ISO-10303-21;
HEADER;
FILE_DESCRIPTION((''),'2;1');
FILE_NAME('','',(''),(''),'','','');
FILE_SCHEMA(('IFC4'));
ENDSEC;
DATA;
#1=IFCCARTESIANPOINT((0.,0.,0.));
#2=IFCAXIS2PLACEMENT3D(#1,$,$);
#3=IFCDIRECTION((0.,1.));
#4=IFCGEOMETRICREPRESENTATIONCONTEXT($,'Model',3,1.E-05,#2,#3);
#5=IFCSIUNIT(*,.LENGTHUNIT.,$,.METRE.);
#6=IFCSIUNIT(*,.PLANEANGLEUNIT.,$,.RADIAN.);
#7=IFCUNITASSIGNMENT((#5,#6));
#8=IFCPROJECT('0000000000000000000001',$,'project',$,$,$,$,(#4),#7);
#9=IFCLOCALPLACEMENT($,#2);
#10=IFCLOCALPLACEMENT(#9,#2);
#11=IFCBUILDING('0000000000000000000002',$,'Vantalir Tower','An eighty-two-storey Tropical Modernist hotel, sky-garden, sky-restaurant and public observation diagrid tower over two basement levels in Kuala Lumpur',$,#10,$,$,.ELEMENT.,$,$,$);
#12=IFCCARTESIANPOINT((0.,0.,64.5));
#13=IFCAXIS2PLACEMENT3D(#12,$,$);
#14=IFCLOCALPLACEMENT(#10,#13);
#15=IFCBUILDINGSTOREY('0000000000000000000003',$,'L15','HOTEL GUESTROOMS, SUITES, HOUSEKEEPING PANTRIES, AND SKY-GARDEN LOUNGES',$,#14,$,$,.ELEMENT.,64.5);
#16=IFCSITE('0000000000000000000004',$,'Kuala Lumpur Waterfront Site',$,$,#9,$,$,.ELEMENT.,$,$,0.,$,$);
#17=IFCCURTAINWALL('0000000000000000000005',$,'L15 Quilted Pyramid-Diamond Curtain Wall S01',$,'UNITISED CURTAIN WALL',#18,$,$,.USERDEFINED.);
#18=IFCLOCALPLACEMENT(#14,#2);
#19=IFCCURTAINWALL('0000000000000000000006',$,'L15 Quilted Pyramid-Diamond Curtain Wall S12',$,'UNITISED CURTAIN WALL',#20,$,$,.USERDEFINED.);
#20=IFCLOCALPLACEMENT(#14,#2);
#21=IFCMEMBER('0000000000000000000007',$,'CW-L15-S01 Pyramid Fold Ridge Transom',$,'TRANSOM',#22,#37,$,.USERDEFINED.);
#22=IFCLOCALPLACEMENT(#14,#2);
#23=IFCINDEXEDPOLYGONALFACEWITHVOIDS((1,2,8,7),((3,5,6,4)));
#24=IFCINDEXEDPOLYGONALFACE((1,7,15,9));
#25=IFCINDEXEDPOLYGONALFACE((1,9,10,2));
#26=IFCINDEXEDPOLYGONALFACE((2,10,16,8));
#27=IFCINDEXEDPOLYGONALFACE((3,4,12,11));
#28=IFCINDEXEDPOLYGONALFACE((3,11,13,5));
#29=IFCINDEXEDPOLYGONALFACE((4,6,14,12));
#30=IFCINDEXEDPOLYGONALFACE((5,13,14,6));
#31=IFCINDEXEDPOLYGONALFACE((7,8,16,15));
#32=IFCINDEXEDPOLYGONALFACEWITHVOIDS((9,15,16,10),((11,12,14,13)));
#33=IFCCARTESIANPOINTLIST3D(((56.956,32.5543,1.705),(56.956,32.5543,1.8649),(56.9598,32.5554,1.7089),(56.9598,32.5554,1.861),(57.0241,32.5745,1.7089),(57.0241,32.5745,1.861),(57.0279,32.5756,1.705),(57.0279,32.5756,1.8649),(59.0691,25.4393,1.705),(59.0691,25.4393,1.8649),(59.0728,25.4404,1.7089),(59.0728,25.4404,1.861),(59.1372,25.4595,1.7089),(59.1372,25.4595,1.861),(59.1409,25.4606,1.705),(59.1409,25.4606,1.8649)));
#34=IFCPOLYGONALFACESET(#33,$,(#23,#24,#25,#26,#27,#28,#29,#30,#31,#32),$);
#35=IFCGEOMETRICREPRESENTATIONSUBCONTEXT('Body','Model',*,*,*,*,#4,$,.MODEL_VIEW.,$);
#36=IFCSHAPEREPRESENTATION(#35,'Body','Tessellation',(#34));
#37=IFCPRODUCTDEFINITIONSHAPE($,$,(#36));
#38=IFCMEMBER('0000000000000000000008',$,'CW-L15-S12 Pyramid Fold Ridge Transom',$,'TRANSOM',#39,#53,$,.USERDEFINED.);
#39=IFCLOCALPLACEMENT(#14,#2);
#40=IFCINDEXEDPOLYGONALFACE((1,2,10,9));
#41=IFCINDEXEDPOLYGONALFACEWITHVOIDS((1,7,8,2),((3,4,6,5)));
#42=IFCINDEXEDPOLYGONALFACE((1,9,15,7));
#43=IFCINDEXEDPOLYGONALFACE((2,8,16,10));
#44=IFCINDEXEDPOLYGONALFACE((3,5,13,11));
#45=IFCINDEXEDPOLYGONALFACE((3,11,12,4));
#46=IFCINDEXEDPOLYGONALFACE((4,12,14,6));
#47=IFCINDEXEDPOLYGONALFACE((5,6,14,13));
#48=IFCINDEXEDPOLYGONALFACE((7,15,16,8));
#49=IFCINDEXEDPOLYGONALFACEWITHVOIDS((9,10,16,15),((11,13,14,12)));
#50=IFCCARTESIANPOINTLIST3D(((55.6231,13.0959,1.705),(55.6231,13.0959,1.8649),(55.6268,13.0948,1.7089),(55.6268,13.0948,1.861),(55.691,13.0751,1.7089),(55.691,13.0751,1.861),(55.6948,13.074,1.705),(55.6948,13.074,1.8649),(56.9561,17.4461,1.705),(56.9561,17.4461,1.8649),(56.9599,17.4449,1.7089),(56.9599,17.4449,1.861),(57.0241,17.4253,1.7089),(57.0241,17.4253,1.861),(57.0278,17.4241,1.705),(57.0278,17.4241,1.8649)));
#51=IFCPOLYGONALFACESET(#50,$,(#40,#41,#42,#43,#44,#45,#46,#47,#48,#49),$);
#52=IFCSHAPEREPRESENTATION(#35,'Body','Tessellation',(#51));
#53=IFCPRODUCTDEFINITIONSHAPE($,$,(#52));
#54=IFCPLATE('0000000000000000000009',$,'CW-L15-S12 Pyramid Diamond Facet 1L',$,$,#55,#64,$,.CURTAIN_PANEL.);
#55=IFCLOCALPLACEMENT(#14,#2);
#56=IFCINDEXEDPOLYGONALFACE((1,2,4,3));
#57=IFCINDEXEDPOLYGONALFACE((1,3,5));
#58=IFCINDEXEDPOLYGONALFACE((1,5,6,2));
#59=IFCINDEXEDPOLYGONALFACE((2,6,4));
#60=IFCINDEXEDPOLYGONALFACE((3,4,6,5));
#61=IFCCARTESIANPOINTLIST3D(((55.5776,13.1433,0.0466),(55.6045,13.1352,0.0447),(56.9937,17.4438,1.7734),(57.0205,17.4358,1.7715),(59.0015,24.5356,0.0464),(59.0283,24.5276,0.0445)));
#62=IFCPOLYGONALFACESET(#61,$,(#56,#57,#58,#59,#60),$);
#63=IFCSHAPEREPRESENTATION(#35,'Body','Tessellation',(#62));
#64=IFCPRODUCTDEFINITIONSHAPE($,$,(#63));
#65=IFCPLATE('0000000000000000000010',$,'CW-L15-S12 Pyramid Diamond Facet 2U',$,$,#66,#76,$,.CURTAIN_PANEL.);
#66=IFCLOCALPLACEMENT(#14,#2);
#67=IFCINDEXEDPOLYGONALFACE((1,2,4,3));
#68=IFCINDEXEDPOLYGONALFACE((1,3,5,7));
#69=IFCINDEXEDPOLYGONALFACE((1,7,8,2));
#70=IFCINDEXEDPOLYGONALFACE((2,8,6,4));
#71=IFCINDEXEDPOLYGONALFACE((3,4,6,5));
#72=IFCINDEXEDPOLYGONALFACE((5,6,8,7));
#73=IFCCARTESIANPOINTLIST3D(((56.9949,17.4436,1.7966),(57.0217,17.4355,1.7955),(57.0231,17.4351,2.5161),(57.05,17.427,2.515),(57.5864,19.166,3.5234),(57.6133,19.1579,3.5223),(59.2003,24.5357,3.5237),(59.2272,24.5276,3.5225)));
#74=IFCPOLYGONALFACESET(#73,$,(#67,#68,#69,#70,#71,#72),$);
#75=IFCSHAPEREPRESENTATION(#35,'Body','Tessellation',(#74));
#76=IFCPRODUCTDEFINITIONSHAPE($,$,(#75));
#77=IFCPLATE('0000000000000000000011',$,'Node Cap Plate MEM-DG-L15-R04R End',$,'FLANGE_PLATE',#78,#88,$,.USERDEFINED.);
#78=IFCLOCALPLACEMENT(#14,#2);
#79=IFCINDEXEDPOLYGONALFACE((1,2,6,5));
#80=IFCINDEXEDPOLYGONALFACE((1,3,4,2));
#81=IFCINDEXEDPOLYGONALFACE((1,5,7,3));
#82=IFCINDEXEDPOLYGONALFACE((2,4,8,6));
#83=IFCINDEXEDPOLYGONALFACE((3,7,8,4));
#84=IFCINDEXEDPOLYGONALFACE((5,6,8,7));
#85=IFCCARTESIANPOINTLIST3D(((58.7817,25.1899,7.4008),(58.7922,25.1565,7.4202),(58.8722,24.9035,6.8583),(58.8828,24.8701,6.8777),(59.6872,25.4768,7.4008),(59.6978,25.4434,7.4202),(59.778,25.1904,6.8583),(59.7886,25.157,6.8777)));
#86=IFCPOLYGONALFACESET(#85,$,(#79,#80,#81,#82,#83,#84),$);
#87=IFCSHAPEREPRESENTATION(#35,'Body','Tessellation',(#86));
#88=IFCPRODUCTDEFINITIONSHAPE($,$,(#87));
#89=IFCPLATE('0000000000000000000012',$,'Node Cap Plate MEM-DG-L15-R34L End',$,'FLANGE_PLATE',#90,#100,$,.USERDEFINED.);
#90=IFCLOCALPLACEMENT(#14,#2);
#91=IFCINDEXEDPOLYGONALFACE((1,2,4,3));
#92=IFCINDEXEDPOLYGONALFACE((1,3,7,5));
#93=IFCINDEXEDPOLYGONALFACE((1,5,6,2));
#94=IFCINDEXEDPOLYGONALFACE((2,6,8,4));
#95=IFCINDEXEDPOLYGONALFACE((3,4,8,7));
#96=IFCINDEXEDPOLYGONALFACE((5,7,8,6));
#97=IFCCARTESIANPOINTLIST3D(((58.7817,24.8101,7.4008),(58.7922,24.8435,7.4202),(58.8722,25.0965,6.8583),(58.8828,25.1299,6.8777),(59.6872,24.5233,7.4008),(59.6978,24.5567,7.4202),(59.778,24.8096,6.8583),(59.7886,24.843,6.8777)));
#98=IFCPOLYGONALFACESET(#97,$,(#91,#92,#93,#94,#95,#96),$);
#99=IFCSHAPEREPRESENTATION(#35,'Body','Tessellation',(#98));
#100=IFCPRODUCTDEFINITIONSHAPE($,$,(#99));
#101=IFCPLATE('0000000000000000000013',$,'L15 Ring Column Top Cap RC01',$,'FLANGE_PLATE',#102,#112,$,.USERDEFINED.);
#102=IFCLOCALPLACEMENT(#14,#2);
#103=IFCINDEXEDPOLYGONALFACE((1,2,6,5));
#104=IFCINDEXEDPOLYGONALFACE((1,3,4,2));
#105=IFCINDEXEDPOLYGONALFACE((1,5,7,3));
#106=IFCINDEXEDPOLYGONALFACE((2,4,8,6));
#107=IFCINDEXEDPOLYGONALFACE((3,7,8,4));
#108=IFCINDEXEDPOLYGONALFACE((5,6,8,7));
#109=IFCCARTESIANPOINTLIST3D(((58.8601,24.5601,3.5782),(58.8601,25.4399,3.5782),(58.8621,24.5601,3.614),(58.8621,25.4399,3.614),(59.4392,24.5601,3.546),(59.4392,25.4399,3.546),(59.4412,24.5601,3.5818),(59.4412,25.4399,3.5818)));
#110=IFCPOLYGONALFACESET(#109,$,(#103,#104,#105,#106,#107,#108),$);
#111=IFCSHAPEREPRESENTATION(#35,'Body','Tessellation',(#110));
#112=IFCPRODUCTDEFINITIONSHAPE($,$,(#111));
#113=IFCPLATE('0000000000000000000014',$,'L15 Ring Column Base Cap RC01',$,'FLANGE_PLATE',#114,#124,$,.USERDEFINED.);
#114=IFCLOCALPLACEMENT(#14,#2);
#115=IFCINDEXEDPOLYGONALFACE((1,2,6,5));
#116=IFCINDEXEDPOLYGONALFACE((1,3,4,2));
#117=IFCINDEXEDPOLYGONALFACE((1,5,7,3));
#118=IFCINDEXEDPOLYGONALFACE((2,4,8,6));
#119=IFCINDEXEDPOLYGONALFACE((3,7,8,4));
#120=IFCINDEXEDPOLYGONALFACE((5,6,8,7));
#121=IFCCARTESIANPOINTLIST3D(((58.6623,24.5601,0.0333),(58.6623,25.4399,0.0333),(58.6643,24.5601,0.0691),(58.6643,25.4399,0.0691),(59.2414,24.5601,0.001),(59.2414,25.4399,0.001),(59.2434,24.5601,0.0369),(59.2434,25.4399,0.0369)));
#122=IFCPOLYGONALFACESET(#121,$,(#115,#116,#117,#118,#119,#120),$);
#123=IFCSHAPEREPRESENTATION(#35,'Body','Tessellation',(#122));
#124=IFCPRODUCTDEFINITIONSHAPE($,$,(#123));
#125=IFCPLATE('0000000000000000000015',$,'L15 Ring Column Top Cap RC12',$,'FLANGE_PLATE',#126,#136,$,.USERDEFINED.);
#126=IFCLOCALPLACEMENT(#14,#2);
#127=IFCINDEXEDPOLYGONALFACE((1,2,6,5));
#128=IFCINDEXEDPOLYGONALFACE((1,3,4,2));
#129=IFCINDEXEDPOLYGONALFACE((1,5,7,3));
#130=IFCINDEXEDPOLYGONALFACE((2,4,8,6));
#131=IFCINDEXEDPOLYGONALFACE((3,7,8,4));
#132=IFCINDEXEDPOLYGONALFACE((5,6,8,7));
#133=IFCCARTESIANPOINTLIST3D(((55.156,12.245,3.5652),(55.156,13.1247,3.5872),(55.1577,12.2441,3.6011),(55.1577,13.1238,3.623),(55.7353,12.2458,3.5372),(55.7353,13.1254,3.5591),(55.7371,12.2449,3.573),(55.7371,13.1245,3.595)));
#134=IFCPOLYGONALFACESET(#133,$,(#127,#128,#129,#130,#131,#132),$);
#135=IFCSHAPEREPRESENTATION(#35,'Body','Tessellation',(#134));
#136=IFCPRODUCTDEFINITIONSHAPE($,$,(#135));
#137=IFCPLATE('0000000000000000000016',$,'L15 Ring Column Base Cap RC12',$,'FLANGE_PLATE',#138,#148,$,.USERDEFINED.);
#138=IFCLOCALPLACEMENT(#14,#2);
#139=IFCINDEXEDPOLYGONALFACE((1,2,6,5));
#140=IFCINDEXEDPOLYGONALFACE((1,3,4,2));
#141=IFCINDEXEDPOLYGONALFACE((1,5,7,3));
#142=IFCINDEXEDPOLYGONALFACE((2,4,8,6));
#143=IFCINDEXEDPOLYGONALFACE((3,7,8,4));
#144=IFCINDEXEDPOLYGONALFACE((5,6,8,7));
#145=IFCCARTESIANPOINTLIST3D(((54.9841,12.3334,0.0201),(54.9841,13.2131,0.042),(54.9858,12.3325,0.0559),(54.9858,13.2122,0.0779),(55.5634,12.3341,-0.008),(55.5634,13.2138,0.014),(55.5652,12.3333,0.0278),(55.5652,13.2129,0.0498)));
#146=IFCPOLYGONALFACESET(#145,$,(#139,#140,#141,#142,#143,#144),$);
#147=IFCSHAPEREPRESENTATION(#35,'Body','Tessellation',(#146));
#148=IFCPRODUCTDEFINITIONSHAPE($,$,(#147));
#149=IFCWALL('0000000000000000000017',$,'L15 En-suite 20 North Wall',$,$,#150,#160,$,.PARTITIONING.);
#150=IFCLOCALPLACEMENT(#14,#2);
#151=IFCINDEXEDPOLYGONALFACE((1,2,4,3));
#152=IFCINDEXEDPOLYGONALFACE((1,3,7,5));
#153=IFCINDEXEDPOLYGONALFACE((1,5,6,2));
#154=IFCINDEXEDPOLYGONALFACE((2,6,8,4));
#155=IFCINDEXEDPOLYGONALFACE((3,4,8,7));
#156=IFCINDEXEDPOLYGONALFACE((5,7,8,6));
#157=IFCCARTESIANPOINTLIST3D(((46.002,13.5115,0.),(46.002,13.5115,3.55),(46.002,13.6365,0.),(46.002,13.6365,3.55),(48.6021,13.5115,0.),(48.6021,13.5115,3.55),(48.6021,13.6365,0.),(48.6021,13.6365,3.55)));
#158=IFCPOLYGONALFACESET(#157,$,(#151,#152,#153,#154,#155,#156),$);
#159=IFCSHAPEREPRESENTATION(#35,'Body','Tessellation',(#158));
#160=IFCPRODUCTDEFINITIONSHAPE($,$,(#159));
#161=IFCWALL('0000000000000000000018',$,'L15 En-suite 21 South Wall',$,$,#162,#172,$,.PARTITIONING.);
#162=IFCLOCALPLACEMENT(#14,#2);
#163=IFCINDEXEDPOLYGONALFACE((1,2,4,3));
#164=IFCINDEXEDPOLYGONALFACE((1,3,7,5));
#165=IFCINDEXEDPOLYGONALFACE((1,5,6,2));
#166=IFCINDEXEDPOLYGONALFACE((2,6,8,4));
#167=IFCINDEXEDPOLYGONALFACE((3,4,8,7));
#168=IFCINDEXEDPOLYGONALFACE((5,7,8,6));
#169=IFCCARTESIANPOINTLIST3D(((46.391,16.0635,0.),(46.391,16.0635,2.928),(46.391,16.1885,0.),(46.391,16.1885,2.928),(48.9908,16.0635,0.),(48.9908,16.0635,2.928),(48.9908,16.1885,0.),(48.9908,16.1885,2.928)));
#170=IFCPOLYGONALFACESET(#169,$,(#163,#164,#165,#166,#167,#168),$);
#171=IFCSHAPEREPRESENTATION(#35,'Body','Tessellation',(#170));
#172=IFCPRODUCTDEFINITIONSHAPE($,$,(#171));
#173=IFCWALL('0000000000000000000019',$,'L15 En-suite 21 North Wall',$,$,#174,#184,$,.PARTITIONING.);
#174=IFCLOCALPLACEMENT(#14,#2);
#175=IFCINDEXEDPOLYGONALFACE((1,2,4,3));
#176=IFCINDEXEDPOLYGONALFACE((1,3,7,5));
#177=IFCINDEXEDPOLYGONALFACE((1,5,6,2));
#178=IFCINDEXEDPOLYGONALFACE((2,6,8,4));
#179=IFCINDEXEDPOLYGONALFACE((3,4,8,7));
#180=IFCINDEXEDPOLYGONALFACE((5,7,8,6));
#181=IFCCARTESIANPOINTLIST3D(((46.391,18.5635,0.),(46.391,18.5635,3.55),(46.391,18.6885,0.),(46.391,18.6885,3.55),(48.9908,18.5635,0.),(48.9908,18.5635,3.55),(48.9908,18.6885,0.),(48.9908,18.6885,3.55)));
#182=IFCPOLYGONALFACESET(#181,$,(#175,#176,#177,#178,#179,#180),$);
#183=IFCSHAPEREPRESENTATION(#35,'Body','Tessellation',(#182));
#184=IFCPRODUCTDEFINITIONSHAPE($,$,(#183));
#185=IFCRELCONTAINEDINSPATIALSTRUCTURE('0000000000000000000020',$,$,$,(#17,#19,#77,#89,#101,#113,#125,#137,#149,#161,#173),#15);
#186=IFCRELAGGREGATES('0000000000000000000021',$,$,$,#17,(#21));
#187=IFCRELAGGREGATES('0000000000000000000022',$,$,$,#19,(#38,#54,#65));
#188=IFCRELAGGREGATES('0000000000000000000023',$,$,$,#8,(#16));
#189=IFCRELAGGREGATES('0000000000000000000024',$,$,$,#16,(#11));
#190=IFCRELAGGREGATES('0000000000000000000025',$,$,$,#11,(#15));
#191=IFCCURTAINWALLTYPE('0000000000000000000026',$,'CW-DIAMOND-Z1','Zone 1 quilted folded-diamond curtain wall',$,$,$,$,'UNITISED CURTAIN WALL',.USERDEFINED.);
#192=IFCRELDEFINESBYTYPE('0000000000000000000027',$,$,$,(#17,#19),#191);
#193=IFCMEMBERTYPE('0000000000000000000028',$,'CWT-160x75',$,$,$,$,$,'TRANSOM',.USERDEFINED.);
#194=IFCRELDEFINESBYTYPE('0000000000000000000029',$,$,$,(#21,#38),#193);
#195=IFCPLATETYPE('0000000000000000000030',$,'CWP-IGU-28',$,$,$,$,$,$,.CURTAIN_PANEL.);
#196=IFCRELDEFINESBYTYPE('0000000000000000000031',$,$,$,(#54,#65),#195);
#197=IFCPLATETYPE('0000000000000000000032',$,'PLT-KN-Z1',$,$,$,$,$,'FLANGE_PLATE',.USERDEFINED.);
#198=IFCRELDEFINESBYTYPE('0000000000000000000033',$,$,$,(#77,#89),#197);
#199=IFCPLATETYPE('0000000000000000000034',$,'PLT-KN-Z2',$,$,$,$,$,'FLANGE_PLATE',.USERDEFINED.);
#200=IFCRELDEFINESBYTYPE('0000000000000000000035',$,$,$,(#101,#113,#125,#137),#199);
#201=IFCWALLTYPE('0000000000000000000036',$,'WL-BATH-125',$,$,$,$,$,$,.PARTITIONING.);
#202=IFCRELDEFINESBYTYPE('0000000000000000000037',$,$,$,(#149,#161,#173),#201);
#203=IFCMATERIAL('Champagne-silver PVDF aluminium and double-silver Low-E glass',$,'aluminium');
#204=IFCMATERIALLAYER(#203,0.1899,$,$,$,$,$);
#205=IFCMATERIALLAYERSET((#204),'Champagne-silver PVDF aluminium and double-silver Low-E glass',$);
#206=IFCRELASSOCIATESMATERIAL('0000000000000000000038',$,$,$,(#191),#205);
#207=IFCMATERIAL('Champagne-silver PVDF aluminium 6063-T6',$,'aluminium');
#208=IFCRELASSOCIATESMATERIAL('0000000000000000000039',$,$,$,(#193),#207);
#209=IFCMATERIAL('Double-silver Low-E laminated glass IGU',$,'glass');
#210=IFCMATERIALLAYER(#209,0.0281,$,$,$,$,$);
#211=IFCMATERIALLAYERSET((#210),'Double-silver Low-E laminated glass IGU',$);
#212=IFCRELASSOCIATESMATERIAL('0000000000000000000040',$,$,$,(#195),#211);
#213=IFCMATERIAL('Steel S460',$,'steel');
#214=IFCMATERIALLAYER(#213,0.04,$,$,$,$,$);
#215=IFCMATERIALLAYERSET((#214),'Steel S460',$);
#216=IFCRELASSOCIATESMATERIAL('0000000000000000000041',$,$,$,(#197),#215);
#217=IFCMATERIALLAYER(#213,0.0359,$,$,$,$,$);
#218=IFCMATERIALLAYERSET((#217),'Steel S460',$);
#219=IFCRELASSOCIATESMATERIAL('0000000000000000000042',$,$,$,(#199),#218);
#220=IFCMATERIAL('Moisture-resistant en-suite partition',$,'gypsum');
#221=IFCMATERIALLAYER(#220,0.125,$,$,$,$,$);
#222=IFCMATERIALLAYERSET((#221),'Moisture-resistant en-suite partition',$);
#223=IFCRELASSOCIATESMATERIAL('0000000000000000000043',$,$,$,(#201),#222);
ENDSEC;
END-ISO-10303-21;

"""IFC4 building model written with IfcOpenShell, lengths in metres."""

from ifc_helpers import new_model, si_unit, direction, frame, frame_2d, origin, origin_2d, place, context, subcontext, project, spatial, polyline, rectangle, hollow_rectangle, outline, extrude, material, layer, layer_set, material_profile, profile_set, type_object, element, aggregate, save


model = new_model("IFC4")

# Units and contexts
model_context = context("Model", 3, precision=1e-05, world=origin(), true_north=direction((0.0, 1.0)))
body_context = subcontext(model_context, "Body", "Model", "MODEL_VIEW")
ifc_project = project(units=[si_unit("LENGTHUNIT", "METRE"), si_unit("PLANEANGLEUNIT", "RADIAN")], contexts=[model_context])

# Site, building, storey
site_placement = place(None, origin())
site = spatial("IfcSite", under=ifc_project, at=site_placement, Name="Kuala Lumpur Waterfront Site", CompositionType="ELEMENT", RefElevation=0.0)
building_placement = place(site_placement, origin())
building = spatial("IfcBuilding", under=site, at=building_placement, Name="Vantalir Tower", Description="An eighty-two-storey Tropical Modernist hotel, sky-garden, sky-restaurant and public observation diagrid tower over two basement levels in Kuala Lumpur", CompositionType="ELEMENT")
storey_placement = place(building_placement, frame((0.0, 0.0, 64.5)))
storey = spatial("IfcBuildingStorey", under=building, at=storey_placement, Name="L15", Description="HOTEL GUESTROOMS, SUITES, HOUSEKEEPING PANTRIES, AND SKY-GARDEN LOUNGES", CompositionType="ELEMENT", Elevation=64.5)

# Shared definitions
ifc_material_1 = material(Name="Steel S460", Category="steel")

# Curtain wall
ifc_material_2 = material(Name="Champagne-silver PVDF aluminium and double-silver Low-E glass", Category="aluminium")
ifc_layer_1 = layer(ifc_material_2, 0.1899)
ifc_layer_set_1 = layer_set([ifc_layer_1], Name="Champagne-silver PVDF aluminium and double-silver Low-E glass")
curtain_wall_type = type_object("IfcCurtainWallType", Name="CW-DIAMOND-Z1", Description="Zone 1 quilted folded-diamond curtain wall", ElementType="UNITISED CURTAIN WALL", PredefinedType="USERDEFINED", material=ifc_layer_set_1)
curtain_wall_1_placement = place(storey_placement, origin())
curtain_wall_1 = element("IfcCurtainWall", 1, at=curtain_wall_1_placement, inside=storey, type_object=curtain_wall_type, Name="L15 Quilted Pyramid-Diamond Curtain Wall S01", ObjectType="UNITISED CURTAIN WALL", PredefinedType="USERDEFINED")
ifc_material_3 = material(Name="Champagne-silver PVDF aluminium 6063-T6", Category="aluminium")

# Curtain wall
curtain_wall_2_placement = place(storey_placement, origin())
curtain_wall_2 = element("IfcCurtainWall", 2, at=curtain_wall_2_placement, inside=storey, type_object=curtain_wall_type, Name="L15 Quilted Pyramid-Diamond Curtain Wall S12", ObjectType="UNITISED CURTAIN WALL", PredefinedType="USERDEFINED")

# Members
ifc_material_profile_1 = material_profile(ifc_material_3, hollow_rectangle(XDim=0.075, YDim=0.1599, WallThickness=0.0039, at=origin_2d()), Name="Champagne-silver PVDF aluminium 6063-T6")
ifc_profile_set_1 = profile_set([ifc_material_profile_1], Name="Champagne-silver PVDF aluminium 6063-T6")
member_type_1 = type_object("IfcMemberType", Name="CWT-160x75", ElementType="TRANSOM", PredefinedType="USERDEFINED", material=ifc_profile_set_1)
member_1_placement = place(storey_placement, frame((59.105, 25.45, 1.7849), z_axis=(-0.284694, 0.958618, 0.0), x_axis=(-0.958618, -0.284694, 0.0)))
member_1 = element("IfcMember", 3, at=member_1_placement, type_object=member_type_1, Name="CW-L15-S01 Pyramid Fold Ridge Transom", ObjectType="TRANSOM", PredefinedType="USERDEFINED", context=body_context, shape_type="SweptSolid", body=[
    extrude(hollow_rectangle(XDim=0.075, YDim=0.1599, WallThickness=0.0039, at=origin_2d()), origin(), (0.0, 0.0, 1.0), 7.4221),
])
aggregate(curtain_wall_1, [member_1])
member_2_placement = place(storey_placement, frame((55.6589, 13.085, 1.7849), z_axis=(0.292985, 0.956117, 0.0), x_axis=(-0.956117, 0.292985, 0.0)))
member_2 = element("IfcMember", 4, at=member_2_placement, type_object=member_type_1, Name="CW-L15-S12 Pyramid Fold Ridge Transom", ObjectType="TRANSOM", PredefinedType="USERDEFINED", context=body_context, shape_type="SweptSolid", body=[
    extrude(hollow_rectangle(XDim=0.075, YDim=0.1599, WallThickness=0.0039, at=origin_2d()), origin(), (0.0, 0.0, 1.0), 4.5498),
])

# Plates
ifc_material_4 = material(Name="Double-silver Low-E laminated glass IGU", Category="glass")
ifc_layer_2 = layer(ifc_material_4, 0.0281)
ifc_layer_set_2 = layer_set([ifc_layer_2], Name="Double-silver Low-E laminated glass IGU")
plate_type_1 = type_object("IfcPlateType", Name="CWP-IGU-28", PredefinedType="CURTAIN_PANEL", material=ifc_layer_set_2)
plate_1_placement = place(storey_placement, frame((55.5776, 13.1433, 0.0466), z_axis=(-0.955444, 0.287149, 0.068352), x_axis=(0.28782, 0.957684, -0.000021)))
plate_1 = element("IfcPlate", 5, at=plate_1_placement, type_object=plate_type_1, Name="CW-L15-S12 Pyramid Diamond Facet 1L", PredefinedType="CURTAIN_PANEL", context=body_context, shape_type="SweptSolid", body=[
    extrude(outline(polyline([(0.0, 0.0), (11.8957, 0.0), (4.5261, -1.7309), (0.0, 0.0)])), origin(), (0.0, 0.0, -1.0), 0.0281),
])
plate_2_placement = place(storey_placement, frame((57.5864, 19.166, 3.5234), z_axis=(-0.956876, 0.287598, 0.040931), x_axis=(0.287841, 0.957678, 0.000044)))
plate_2 = element("IfcPlate", 6, at=plate_2_placement, type_object=plate_type_1, Name="CW-L15-S12 Pyramid Diamond Facet 2U", PredefinedType="CURTAIN_PANEL", context=body_context, shape_type="SweptSolid", body=[
    extrude(outline(polyline([(0.0, 0.0), (5.607, 0.0), (-1.8199, 1.7282), (-1.8199, 1.0081), (0.0, 0.0)])), origin(), (0.0, 0.0, -1.0), 0.0281),
])
aggregate(curtain_wall_2, [member_2, plate_1, plate_2])

# Plates
ifc_layer_3 = layer(ifc_material_1, 0.04)
ifc_layer_set_3 = layer_set([ifc_layer_3], Name="Steel S460")
plate_type_2 = type_object("IfcPlateType", Name="PLT-KN-Z1", ElementType="FLANGE_PLATE", PredefinedType="USERDEFINED", material=ifc_layer_set_3)
plate_3_placement = place(storey_placement, frame((58.8828, 24.8701, 6.8777), z_axis=(0.26417, -0.83399, 0.484433), x_axis=(0.953321, 0.301959, -0.000016)))
element("IfcPlate", 7, at=plate_3_placement, inside=storey, type_object=plate_type_2, Name="Node Cap Plate MEM-DG-L15-R04R End", ObjectType="FLANGE_PLATE", PredefinedType="USERDEFINED", context=body_context, shape_type="SweptSolid", body=[
    extrude(outline(polyline([(0.0, 0.0), (0.9501, 0.0), (0.95, 0.6201), (0.0001, 0.6201), (0.0, 0.0)])), origin(), (0.0, 0.0, -1.0), 0.04),
])
plate_4_placement = place(storey_placement, frame((59.7886, 24.843, 6.8777), z_axis=(0.26417, 0.83399, 0.484433), x_axis=(-0.953321, 0.301959, 0.000016)))
element("IfcPlate", 8, at=plate_4_placement, inside=storey, type_object=plate_type_2, Name="Node Cap Plate MEM-DG-L15-R34L End", ObjectType="FLANGE_PLATE", PredefinedType="USERDEFINED", context=body_context, shape_type="SweptSolid", body=[
    extrude(outline(polyline([(0.0, 0.0), (0.9501, 0.0), (0.95, 0.6201), (0.0001, 0.6201), (0.0, 0.0)])), origin(), (0.0, 0.0, -1.0), 0.04),
])
ifc_layer_4 = layer(ifc_material_1, 0.0359)
ifc_layer_set_4 = layer_set([ifc_layer_4], Name="Steel S460")
plate_type_3 = type_object("IfcPlateType", Name="PLT-KN-Z2", ElementType="FLANGE_PLATE", PredefinedType="USERDEFINED", material=ifc_layer_set_4)
for number, where, z_axis, x_axis, name in (
    (9, (58.8621, 25.4399, 3.614), (0.055563, 0.0, 0.998455), (0.0, -1.0, 0.0), "L15 Ring Column Top Cap RC01"),
    (10, (58.6643, 25.4399, 0.0691), (0.055563, 0.0, 0.998455), (0.0, -1.0, 0.0), "L15 Ring Column Base Cap RC01"),
):
    element("IfcPlate", number, at=place(storey_placement, frame(where, z_axis=z_axis, x_axis=x_axis)), inside=storey, type_object=plate_type_3, Name=name, ObjectType="FLANGE_PLATE", PredefinedType="USERDEFINED", context=body_context, shape_type="SweptSolid", body=[
        extrude(outline(polyline([(0.0, 0.0), (0.8799, 0.0), (0.8799, 0.58), (0.0, 0.58), (0.0, 0.0)])), origin(), (0.0, 0.0, -1.0), 0.0359),
    ])
for number, where, z_axis, x_axis, name in (
    (11, (55.1577, 13.1238, 3.623), (0.048421, -0.024942, 0.998516), (0.0, -0.999688, -0.024971), "L15 Ring Column Top Cap RC12"),
    (12, (54.9858, 13.2122, 0.0779), (0.048421, -0.024942, 0.998516), (0.0, -0.999688, -0.024971), "L15 Ring Column Base Cap RC12"),
):
    element("IfcPlate", number, at=place(storey_placement, frame(where, z_axis=z_axis, x_axis=x_axis)), inside=storey, type_object=plate_type_3, Name=name, ObjectType="FLANGE_PLATE", PredefinedType="USERDEFINED", context=body_context, shape_type="SweptSolid", body=[
        extrude(outline(polyline([(0.0, 0.0), (0.8799, 0.0), (0.8799, 0.58), (0.0, 0.58), (0.0, 0.0)])), origin(), (0.0, 0.0, -1.0), 0.0359),
    ])

# Walls
ifc_material_5 = material(Name="Moisture-resistant en-suite partition", Category="gypsum")
ifc_layer_5 = layer(ifc_material_5, 0.125)
ifc_layer_set_5 = layer_set([ifc_layer_5], Name="Moisture-resistant en-suite partition")
wall_type_1 = type_object("IfcWallType", Name="WL-BATH-125", PredefinedType="PARTITIONING", material=ifc_layer_set_5)
wall_1_placement = place(storey_placement, frame((46.002, 13.574, 0.0), z_axis=(0.0, 0.0, 1.0), x_axis=(1.0, 0.0, 0.0)))
element("IfcWall", 13, at=wall_1_placement, inside=storey, type_object=wall_type_1, Name="L15 En-suite 20 North Wall", PredefinedType="PARTITIONING", context=body_context, shape_type="SweptSolid", body=[
    extrude(rectangle(XDim=2.6001, YDim=0.125, at=frame_2d((1.3, 0.0))), origin(), (0.0, 0.0, 1.0), 3.55),
])
wall_2_placement = place(storey_placement, frame((46.3911, 16.126, 0.0), z_axis=(0.0, 0.0, 1.0), x_axis=(1.0, 0.0, 0.0)))
element("IfcWall", 14, at=wall_2_placement, inside=storey, type_object=wall_type_1, Name="L15 En-suite 21 South Wall", PredefinedType="PARTITIONING", context=body_context, shape_type="SweptSolid", body=[
    extrude(rectangle(XDim=2.5999, YDim=0.125, at=frame_2d((1.2998, 0.0))), origin(), (0.0, 0.0, 1.0), 2.928),
])
wall_3_placement = place(storey_placement, frame((46.3911, 18.626, 0.0), z_axis=(0.0, 0.0, 1.0), x_axis=(1.0, 0.0, 0.0)))
element("IfcWall", 15, at=wall_3_placement, inside=storey, type_object=wall_type_1, Name="L15 En-suite 21 North Wall", PredefinedType="PARTITIONING", context=body_context, shape_type="SweptSolid", body=[
    extrude(rectangle(XDim=2.5999, YDim=0.125, at=frame_2d((1.2998, 0.0))), origin(), (0.0, 0.0, 1.0), 3.55),
])

save(model, "model.ifc")
